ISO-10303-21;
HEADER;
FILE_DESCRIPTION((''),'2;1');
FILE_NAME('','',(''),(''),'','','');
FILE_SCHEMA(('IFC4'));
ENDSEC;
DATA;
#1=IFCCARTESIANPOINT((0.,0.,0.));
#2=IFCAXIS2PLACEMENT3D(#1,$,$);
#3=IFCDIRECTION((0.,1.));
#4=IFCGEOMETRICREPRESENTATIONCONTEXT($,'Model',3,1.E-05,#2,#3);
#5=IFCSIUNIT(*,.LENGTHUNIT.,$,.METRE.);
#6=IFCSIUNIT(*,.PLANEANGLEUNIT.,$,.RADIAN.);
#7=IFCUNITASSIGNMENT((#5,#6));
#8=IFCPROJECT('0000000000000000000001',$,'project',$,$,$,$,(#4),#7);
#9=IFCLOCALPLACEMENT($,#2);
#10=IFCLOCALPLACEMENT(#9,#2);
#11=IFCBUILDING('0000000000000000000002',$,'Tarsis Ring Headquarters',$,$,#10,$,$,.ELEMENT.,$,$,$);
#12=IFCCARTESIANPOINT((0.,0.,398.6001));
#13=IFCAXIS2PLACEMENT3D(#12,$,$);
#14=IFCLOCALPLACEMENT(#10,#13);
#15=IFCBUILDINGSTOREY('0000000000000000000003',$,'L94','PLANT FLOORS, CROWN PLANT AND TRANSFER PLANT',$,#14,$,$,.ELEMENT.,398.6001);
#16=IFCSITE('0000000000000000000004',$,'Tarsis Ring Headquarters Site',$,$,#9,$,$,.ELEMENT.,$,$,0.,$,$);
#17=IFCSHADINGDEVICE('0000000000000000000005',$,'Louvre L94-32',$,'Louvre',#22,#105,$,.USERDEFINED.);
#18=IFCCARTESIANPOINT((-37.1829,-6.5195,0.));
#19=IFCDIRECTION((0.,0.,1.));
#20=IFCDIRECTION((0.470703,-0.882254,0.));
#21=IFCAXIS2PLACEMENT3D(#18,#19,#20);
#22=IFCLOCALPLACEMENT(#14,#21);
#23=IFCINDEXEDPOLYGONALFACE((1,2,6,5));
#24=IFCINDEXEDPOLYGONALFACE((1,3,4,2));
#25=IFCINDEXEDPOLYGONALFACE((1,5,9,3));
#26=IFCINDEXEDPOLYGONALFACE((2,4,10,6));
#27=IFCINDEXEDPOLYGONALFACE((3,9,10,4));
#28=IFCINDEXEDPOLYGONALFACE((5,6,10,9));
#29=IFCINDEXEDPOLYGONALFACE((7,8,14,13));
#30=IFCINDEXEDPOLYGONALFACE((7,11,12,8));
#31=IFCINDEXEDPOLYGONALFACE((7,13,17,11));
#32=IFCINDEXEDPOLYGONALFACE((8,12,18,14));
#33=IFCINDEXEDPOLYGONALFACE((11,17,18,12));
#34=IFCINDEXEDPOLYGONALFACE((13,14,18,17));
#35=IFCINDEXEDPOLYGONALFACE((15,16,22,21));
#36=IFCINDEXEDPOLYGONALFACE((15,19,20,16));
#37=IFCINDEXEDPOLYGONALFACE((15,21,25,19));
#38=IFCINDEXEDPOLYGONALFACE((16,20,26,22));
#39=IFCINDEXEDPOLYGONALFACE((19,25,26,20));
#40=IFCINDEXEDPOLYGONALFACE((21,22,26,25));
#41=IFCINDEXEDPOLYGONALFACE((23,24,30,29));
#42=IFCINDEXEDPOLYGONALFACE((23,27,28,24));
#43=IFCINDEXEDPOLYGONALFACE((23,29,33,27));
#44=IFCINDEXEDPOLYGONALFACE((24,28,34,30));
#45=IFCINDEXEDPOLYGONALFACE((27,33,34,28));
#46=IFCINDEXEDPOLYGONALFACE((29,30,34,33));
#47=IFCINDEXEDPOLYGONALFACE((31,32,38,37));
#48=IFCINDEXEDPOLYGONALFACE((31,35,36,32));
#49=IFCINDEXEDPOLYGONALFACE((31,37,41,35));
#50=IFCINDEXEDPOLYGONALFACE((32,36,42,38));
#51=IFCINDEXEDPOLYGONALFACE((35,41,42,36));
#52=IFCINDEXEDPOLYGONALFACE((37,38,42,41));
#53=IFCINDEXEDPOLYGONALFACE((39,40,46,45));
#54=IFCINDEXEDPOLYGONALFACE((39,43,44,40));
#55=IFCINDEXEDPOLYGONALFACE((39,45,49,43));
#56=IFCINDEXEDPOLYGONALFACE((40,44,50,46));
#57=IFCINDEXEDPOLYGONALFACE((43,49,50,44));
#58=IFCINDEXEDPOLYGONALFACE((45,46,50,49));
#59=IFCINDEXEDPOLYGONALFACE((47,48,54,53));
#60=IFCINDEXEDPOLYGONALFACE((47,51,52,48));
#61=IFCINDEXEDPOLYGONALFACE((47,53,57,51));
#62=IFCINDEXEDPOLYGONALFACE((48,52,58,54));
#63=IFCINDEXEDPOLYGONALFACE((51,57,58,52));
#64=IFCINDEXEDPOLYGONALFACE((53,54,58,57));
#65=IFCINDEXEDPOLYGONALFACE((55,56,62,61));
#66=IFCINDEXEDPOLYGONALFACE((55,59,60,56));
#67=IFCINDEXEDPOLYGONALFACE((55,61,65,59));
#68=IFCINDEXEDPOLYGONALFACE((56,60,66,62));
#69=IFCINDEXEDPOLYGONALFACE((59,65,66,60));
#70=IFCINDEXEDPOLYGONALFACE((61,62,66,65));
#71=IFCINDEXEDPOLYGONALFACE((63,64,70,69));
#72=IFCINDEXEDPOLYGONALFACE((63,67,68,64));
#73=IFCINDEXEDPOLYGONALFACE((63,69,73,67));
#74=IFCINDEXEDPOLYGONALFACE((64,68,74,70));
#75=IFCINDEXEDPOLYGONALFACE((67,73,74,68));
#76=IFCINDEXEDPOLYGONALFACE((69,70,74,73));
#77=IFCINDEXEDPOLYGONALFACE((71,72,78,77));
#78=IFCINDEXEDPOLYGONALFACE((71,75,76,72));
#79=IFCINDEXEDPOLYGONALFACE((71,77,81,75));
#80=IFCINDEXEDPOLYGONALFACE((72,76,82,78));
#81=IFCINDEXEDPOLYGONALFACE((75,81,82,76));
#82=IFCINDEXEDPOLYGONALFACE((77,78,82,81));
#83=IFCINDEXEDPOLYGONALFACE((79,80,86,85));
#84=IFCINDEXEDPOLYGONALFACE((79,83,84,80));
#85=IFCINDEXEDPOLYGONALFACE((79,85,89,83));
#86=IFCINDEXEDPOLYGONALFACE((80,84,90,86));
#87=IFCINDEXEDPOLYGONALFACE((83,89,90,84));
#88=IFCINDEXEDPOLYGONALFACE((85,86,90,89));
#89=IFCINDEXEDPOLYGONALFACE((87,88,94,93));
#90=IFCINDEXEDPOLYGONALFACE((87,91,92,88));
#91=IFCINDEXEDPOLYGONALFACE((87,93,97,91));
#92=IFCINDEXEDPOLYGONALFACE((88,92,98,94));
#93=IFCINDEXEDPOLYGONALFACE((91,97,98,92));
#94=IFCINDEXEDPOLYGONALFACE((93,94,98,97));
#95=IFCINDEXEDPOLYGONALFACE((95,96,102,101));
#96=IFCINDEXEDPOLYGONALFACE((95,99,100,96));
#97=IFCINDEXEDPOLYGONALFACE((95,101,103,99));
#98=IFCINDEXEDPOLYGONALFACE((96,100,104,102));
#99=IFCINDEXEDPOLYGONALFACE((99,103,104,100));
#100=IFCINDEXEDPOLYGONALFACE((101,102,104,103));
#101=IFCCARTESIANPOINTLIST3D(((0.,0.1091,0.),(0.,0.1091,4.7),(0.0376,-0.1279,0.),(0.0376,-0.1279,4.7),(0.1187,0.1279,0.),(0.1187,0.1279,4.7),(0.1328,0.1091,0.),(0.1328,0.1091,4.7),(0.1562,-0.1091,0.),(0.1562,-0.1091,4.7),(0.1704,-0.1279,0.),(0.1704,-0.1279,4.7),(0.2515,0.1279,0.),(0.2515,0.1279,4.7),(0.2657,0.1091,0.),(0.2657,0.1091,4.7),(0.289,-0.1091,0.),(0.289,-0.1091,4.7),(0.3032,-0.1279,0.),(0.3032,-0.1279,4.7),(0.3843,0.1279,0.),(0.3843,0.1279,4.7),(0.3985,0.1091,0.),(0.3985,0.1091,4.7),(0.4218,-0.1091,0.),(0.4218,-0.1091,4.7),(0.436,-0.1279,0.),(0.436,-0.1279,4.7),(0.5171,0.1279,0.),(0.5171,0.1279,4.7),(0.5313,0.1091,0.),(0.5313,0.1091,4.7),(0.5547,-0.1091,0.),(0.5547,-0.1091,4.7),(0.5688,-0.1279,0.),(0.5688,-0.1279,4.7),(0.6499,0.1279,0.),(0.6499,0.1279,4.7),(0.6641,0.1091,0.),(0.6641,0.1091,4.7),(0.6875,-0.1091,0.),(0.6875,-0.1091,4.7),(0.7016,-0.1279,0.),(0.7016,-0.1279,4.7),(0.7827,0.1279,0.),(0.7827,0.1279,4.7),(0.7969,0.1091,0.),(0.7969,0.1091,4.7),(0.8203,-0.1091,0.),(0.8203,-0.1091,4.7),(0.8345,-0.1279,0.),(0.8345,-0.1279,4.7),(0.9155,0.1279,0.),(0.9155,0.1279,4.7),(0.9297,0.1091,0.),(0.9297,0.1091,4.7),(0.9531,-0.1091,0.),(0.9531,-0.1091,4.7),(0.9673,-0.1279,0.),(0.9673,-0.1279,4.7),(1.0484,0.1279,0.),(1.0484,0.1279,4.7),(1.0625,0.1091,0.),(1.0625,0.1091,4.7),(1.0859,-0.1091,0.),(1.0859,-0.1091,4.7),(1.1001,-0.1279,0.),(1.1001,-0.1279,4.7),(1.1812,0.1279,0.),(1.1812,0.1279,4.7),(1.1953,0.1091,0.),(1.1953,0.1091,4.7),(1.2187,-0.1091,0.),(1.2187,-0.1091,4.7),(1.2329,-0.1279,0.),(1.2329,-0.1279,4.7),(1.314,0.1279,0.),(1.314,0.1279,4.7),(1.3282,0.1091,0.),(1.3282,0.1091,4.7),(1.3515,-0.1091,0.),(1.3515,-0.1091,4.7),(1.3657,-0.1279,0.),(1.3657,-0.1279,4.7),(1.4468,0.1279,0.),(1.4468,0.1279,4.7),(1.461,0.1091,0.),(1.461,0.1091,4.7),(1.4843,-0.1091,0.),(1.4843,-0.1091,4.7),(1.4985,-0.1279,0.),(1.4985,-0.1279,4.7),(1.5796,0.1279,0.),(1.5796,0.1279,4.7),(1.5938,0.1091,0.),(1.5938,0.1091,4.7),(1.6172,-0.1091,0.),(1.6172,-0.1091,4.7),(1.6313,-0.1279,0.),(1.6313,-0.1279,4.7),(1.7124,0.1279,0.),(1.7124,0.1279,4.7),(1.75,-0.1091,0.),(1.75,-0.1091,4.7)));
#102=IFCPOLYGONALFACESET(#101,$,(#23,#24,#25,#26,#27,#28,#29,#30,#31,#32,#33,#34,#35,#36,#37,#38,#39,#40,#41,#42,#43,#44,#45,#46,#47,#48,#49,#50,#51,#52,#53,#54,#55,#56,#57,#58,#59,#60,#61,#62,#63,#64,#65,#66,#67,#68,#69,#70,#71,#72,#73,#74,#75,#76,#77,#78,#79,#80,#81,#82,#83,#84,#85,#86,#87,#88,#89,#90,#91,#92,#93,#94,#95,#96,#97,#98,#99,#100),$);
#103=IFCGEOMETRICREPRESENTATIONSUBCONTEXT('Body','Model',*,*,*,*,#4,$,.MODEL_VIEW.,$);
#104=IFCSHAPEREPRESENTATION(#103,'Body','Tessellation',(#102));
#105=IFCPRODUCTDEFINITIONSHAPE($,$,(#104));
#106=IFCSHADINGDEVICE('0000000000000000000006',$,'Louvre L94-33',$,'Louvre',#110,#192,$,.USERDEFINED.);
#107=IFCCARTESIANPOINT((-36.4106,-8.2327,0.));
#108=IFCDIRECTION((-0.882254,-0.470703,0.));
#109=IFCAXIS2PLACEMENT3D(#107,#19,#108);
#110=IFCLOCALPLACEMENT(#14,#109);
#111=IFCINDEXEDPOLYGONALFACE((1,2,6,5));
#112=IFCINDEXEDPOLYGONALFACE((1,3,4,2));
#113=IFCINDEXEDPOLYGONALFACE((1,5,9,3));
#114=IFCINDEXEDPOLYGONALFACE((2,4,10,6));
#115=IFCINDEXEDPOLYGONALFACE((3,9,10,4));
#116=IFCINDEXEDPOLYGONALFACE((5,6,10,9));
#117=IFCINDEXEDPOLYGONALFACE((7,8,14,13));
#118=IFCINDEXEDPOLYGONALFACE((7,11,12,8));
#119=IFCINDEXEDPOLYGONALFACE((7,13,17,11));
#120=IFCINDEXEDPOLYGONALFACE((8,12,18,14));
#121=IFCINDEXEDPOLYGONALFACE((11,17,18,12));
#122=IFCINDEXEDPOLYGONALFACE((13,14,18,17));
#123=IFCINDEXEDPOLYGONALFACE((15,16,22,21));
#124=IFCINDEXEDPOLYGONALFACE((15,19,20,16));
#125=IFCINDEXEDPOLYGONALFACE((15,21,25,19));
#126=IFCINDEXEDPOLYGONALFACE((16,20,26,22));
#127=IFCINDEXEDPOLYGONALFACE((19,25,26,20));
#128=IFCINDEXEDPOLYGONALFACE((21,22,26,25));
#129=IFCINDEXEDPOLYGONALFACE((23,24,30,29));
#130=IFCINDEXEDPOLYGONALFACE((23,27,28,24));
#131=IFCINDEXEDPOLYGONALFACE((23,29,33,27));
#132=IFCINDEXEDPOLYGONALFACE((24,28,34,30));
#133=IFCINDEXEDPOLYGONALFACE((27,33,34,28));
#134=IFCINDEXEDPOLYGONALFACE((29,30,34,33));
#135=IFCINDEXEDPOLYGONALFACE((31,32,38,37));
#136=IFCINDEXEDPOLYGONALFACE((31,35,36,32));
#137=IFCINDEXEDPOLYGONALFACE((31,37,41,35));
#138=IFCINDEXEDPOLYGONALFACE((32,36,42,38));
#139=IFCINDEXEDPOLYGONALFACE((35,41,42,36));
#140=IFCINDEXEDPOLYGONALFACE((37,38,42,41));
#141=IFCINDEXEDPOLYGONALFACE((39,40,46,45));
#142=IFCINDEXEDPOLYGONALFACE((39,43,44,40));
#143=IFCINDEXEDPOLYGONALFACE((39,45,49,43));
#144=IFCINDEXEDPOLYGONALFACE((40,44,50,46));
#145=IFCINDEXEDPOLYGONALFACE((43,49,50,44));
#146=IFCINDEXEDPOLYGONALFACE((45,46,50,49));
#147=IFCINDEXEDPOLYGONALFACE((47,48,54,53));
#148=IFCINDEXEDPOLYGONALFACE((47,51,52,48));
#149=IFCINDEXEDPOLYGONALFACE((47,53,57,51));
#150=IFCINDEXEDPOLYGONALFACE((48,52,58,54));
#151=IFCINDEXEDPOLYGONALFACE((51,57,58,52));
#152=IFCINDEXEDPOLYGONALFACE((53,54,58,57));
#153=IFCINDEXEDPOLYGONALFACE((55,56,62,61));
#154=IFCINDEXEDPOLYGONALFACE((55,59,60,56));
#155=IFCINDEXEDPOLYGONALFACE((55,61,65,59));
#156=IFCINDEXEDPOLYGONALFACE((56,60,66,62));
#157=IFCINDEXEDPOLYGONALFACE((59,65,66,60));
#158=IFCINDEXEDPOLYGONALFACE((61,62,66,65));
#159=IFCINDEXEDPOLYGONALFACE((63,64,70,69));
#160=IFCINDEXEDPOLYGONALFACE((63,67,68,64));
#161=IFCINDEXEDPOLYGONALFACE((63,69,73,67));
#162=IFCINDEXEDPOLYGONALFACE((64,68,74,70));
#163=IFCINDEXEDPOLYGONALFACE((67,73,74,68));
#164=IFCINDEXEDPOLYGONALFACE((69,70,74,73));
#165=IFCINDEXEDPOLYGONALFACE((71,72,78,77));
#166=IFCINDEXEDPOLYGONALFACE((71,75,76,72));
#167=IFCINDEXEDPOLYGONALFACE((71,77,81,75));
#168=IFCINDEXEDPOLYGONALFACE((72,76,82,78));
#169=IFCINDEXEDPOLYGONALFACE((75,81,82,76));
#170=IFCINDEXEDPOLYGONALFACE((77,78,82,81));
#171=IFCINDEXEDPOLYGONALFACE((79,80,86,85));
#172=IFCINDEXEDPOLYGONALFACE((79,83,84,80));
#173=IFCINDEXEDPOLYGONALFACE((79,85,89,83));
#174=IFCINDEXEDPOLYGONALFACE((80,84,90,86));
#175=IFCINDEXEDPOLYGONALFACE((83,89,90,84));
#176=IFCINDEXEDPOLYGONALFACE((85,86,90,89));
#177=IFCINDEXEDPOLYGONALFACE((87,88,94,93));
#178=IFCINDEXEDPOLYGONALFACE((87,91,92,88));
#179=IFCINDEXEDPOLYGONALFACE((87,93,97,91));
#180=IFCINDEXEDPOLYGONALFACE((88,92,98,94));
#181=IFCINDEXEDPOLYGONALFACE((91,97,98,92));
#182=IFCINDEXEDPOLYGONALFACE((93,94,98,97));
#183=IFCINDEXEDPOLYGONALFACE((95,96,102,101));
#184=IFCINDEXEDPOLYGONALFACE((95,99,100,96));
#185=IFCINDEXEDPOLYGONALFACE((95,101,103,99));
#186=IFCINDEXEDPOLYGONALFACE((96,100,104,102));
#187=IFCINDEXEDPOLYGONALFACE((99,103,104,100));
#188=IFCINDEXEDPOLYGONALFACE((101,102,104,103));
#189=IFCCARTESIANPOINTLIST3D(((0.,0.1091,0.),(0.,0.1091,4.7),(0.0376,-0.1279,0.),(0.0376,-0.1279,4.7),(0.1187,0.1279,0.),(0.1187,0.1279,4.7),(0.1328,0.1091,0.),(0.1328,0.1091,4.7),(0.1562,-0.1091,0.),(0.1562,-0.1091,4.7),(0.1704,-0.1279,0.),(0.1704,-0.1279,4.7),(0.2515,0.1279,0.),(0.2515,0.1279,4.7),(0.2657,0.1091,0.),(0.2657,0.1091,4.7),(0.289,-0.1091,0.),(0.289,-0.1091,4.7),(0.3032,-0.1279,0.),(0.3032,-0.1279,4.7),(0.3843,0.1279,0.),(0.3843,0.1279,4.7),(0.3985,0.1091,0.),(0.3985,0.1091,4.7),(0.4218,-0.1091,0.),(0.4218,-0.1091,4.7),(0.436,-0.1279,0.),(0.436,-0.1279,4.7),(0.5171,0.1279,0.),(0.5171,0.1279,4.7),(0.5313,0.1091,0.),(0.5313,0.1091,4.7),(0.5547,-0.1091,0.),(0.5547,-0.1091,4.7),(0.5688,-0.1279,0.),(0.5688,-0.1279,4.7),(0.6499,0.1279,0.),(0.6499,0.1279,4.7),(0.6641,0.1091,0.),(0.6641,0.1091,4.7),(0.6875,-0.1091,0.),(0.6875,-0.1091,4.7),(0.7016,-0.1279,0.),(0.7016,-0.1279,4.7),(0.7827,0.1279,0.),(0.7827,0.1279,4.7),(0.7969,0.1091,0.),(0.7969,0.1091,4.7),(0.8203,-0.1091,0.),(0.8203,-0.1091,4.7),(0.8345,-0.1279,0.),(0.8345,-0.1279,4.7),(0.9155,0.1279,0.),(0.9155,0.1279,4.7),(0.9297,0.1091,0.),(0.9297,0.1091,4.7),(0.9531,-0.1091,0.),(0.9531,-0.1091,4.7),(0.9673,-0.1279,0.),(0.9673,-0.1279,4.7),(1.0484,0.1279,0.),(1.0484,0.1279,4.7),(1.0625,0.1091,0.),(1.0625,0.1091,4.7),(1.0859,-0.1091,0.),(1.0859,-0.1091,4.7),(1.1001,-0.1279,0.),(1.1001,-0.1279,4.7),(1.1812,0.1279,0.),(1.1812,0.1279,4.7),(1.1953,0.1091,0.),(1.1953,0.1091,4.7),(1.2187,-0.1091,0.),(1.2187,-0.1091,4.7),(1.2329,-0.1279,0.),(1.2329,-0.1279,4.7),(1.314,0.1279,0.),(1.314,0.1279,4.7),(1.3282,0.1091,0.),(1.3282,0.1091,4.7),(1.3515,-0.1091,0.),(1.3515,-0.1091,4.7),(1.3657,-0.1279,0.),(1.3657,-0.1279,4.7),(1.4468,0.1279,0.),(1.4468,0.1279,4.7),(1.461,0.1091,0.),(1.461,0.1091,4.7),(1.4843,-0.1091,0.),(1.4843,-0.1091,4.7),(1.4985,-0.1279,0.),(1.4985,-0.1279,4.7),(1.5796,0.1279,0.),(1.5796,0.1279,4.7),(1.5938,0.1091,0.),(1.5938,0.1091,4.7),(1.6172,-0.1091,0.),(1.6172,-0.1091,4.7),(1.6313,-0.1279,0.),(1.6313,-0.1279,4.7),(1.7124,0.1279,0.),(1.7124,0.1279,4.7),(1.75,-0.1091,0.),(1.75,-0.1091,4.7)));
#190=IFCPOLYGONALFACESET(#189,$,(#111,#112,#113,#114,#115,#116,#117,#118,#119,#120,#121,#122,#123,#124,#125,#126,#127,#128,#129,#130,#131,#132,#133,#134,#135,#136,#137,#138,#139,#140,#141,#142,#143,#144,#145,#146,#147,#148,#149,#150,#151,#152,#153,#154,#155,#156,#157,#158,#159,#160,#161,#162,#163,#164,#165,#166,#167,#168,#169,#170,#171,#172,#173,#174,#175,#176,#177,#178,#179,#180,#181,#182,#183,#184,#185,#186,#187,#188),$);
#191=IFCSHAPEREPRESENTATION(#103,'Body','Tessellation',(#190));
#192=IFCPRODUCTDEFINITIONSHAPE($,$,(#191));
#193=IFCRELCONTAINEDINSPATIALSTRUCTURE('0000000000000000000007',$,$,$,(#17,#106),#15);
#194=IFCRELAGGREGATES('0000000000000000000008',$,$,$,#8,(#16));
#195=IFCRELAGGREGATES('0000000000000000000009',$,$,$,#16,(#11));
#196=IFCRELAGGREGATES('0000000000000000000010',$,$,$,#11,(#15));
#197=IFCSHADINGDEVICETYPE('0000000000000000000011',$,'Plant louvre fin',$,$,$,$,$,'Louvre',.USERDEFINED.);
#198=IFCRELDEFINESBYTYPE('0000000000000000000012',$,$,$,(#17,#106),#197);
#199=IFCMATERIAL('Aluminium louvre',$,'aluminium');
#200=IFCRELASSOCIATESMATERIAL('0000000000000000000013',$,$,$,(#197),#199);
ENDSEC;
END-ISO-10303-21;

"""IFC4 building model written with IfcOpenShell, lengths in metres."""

from ifc_helpers import new_model, si_unit, direction, frame, frame_2d, origin, place, context, subcontext, project, spatial, rectangle, composite_profile, extrude, material, type_object, element, save


model = new_model("IFC4")

# Units and contexts
model_context = context("Model", 3, precision=1e-05, world=origin(), true_north=direction((0.0, 1.0)))
body_context = subcontext(model_context, "Body", "Model", "MODEL_VIEW")
ifc_project = project(units=[si_unit("LENGTHUNIT", "METRE"), si_unit("PLANEANGLEUNIT", "RADIAN")], contexts=[model_context])

# Site, building, storey
site_placement = place(None, origin())
site = spatial("IfcSite", under=ifc_project, at=site_placement, Name="Tarsis Ring Headquarters Site", CompositionType="ELEMENT", RefElevation=0.0)
building_placement = place(site_placement, origin())
building = spatial("IfcBuilding", under=site, at=building_placement, Name="Tarsis Ring Headquarters", CompositionType="ELEMENT")
storey_placement = place(building_placement, frame((0.0, 0.0, 398.6001)))
storey = spatial("IfcBuildingStorey", under=building, at=storey_placement, Name="L94", Description="PLANT FLOORS, CROWN PLANT AND TRANSFER PLANT", CompositionType="ELEMENT", Elevation=398.6001)

# Shading devices
ifc_material_1 = material(Name="Aluminium louvre", Category="aluminium")
shading_device_type_1 = type_object("IfcShadingDeviceType", Name="Plant louvre fin", ElementType="Louvre", PredefinedType="USERDEFINED", material=ifc_material_1)
for number, where, z_axis, x_axis, name in (
    (1, (-37.1829, -6.5195, 0.0), (0.0, 0.0, 1.0), (0.470703, -0.882254, 0.0), "Louvre L94-32"),
    (2, (-36.4106, -8.2327, 0.0), (0.0, 0.0, 1.0), (-0.882254, -0.470703, 0.0), "Louvre L94-33"),
):
    element("IfcShadingDevice", number, at=place(storey_placement, frame(where, z_axis=z_axis, x_axis=x_axis)), inside=storey, type_object=shading_device_type_1, Name=name, ObjectType="Louvre", PredefinedType="USERDEFINED", context=body_context, shape_type="SweptSolid", body=[
        extrude(composite_profile([rectangle(XDim=0.1201, YDim=0.24, at=frame_2d((0.0781, 0.0), x_axis=(0.987688, 0.156434))), rectangle(XDim=0.1201, YDim=0.24, at=frame_2d((0.2109, 0.0), x_axis=(0.987688, 0.156434))), rectangle(XDim=0.1201, YDim=0.24, at=frame_2d((0.3438, 0.0), x_axis=(0.987688, 0.156434))), rectangle(XDim=0.1201, YDim=0.24, at=frame_2d((0.4766, 0.0), x_axis=(0.987688, 0.156434))), rectangle(XDim=0.1201, YDim=0.24, at=frame_2d((0.6094, 0.0), x_axis=(0.987688, 0.156434))), rectangle(XDim=0.1201, YDim=0.24, at=frame_2d((0.7422, 0.0), x_axis=(0.987688, 0.156434))), rectangle(XDim=0.1201, YDim=0.24, at=frame_2d((0.875, 0.0), x_axis=(0.987688, 0.156434))), rectangle(XDim=0.1201, YDim=0.24, at=frame_2d((1.0078, 0.0), x_axis=(0.987688, 0.156434))), rectangle(XDim=0.1201, YDim=0.24, at=frame_2d((1.1406, 0.0), x_axis=(0.987688, 0.156434))), rectangle(XDim=0.1201, YDim=0.24, at=frame_2d((1.2734, 0.0), x_axis=(0.987688, 0.156434))), rectangle(XDim=0.1201, YDim=0.24, at=frame_2d((1.4062, 0.0), x_axis=(0.987688, 0.156434))), rectangle(XDim=0.1201, YDim=0.24, at=frame_2d((1.5391, 0.0), x_axis=(0.987688, 0.156434))), rectangle(XDim=0.1201, YDim=0.24, at=frame_2d((1.6719, 0.0), x_axis=(0.987688, 0.156434)))]), origin(), (0.0, 0.0, 1.0), 4.7),
    ])

save(model, "model.ifc")
